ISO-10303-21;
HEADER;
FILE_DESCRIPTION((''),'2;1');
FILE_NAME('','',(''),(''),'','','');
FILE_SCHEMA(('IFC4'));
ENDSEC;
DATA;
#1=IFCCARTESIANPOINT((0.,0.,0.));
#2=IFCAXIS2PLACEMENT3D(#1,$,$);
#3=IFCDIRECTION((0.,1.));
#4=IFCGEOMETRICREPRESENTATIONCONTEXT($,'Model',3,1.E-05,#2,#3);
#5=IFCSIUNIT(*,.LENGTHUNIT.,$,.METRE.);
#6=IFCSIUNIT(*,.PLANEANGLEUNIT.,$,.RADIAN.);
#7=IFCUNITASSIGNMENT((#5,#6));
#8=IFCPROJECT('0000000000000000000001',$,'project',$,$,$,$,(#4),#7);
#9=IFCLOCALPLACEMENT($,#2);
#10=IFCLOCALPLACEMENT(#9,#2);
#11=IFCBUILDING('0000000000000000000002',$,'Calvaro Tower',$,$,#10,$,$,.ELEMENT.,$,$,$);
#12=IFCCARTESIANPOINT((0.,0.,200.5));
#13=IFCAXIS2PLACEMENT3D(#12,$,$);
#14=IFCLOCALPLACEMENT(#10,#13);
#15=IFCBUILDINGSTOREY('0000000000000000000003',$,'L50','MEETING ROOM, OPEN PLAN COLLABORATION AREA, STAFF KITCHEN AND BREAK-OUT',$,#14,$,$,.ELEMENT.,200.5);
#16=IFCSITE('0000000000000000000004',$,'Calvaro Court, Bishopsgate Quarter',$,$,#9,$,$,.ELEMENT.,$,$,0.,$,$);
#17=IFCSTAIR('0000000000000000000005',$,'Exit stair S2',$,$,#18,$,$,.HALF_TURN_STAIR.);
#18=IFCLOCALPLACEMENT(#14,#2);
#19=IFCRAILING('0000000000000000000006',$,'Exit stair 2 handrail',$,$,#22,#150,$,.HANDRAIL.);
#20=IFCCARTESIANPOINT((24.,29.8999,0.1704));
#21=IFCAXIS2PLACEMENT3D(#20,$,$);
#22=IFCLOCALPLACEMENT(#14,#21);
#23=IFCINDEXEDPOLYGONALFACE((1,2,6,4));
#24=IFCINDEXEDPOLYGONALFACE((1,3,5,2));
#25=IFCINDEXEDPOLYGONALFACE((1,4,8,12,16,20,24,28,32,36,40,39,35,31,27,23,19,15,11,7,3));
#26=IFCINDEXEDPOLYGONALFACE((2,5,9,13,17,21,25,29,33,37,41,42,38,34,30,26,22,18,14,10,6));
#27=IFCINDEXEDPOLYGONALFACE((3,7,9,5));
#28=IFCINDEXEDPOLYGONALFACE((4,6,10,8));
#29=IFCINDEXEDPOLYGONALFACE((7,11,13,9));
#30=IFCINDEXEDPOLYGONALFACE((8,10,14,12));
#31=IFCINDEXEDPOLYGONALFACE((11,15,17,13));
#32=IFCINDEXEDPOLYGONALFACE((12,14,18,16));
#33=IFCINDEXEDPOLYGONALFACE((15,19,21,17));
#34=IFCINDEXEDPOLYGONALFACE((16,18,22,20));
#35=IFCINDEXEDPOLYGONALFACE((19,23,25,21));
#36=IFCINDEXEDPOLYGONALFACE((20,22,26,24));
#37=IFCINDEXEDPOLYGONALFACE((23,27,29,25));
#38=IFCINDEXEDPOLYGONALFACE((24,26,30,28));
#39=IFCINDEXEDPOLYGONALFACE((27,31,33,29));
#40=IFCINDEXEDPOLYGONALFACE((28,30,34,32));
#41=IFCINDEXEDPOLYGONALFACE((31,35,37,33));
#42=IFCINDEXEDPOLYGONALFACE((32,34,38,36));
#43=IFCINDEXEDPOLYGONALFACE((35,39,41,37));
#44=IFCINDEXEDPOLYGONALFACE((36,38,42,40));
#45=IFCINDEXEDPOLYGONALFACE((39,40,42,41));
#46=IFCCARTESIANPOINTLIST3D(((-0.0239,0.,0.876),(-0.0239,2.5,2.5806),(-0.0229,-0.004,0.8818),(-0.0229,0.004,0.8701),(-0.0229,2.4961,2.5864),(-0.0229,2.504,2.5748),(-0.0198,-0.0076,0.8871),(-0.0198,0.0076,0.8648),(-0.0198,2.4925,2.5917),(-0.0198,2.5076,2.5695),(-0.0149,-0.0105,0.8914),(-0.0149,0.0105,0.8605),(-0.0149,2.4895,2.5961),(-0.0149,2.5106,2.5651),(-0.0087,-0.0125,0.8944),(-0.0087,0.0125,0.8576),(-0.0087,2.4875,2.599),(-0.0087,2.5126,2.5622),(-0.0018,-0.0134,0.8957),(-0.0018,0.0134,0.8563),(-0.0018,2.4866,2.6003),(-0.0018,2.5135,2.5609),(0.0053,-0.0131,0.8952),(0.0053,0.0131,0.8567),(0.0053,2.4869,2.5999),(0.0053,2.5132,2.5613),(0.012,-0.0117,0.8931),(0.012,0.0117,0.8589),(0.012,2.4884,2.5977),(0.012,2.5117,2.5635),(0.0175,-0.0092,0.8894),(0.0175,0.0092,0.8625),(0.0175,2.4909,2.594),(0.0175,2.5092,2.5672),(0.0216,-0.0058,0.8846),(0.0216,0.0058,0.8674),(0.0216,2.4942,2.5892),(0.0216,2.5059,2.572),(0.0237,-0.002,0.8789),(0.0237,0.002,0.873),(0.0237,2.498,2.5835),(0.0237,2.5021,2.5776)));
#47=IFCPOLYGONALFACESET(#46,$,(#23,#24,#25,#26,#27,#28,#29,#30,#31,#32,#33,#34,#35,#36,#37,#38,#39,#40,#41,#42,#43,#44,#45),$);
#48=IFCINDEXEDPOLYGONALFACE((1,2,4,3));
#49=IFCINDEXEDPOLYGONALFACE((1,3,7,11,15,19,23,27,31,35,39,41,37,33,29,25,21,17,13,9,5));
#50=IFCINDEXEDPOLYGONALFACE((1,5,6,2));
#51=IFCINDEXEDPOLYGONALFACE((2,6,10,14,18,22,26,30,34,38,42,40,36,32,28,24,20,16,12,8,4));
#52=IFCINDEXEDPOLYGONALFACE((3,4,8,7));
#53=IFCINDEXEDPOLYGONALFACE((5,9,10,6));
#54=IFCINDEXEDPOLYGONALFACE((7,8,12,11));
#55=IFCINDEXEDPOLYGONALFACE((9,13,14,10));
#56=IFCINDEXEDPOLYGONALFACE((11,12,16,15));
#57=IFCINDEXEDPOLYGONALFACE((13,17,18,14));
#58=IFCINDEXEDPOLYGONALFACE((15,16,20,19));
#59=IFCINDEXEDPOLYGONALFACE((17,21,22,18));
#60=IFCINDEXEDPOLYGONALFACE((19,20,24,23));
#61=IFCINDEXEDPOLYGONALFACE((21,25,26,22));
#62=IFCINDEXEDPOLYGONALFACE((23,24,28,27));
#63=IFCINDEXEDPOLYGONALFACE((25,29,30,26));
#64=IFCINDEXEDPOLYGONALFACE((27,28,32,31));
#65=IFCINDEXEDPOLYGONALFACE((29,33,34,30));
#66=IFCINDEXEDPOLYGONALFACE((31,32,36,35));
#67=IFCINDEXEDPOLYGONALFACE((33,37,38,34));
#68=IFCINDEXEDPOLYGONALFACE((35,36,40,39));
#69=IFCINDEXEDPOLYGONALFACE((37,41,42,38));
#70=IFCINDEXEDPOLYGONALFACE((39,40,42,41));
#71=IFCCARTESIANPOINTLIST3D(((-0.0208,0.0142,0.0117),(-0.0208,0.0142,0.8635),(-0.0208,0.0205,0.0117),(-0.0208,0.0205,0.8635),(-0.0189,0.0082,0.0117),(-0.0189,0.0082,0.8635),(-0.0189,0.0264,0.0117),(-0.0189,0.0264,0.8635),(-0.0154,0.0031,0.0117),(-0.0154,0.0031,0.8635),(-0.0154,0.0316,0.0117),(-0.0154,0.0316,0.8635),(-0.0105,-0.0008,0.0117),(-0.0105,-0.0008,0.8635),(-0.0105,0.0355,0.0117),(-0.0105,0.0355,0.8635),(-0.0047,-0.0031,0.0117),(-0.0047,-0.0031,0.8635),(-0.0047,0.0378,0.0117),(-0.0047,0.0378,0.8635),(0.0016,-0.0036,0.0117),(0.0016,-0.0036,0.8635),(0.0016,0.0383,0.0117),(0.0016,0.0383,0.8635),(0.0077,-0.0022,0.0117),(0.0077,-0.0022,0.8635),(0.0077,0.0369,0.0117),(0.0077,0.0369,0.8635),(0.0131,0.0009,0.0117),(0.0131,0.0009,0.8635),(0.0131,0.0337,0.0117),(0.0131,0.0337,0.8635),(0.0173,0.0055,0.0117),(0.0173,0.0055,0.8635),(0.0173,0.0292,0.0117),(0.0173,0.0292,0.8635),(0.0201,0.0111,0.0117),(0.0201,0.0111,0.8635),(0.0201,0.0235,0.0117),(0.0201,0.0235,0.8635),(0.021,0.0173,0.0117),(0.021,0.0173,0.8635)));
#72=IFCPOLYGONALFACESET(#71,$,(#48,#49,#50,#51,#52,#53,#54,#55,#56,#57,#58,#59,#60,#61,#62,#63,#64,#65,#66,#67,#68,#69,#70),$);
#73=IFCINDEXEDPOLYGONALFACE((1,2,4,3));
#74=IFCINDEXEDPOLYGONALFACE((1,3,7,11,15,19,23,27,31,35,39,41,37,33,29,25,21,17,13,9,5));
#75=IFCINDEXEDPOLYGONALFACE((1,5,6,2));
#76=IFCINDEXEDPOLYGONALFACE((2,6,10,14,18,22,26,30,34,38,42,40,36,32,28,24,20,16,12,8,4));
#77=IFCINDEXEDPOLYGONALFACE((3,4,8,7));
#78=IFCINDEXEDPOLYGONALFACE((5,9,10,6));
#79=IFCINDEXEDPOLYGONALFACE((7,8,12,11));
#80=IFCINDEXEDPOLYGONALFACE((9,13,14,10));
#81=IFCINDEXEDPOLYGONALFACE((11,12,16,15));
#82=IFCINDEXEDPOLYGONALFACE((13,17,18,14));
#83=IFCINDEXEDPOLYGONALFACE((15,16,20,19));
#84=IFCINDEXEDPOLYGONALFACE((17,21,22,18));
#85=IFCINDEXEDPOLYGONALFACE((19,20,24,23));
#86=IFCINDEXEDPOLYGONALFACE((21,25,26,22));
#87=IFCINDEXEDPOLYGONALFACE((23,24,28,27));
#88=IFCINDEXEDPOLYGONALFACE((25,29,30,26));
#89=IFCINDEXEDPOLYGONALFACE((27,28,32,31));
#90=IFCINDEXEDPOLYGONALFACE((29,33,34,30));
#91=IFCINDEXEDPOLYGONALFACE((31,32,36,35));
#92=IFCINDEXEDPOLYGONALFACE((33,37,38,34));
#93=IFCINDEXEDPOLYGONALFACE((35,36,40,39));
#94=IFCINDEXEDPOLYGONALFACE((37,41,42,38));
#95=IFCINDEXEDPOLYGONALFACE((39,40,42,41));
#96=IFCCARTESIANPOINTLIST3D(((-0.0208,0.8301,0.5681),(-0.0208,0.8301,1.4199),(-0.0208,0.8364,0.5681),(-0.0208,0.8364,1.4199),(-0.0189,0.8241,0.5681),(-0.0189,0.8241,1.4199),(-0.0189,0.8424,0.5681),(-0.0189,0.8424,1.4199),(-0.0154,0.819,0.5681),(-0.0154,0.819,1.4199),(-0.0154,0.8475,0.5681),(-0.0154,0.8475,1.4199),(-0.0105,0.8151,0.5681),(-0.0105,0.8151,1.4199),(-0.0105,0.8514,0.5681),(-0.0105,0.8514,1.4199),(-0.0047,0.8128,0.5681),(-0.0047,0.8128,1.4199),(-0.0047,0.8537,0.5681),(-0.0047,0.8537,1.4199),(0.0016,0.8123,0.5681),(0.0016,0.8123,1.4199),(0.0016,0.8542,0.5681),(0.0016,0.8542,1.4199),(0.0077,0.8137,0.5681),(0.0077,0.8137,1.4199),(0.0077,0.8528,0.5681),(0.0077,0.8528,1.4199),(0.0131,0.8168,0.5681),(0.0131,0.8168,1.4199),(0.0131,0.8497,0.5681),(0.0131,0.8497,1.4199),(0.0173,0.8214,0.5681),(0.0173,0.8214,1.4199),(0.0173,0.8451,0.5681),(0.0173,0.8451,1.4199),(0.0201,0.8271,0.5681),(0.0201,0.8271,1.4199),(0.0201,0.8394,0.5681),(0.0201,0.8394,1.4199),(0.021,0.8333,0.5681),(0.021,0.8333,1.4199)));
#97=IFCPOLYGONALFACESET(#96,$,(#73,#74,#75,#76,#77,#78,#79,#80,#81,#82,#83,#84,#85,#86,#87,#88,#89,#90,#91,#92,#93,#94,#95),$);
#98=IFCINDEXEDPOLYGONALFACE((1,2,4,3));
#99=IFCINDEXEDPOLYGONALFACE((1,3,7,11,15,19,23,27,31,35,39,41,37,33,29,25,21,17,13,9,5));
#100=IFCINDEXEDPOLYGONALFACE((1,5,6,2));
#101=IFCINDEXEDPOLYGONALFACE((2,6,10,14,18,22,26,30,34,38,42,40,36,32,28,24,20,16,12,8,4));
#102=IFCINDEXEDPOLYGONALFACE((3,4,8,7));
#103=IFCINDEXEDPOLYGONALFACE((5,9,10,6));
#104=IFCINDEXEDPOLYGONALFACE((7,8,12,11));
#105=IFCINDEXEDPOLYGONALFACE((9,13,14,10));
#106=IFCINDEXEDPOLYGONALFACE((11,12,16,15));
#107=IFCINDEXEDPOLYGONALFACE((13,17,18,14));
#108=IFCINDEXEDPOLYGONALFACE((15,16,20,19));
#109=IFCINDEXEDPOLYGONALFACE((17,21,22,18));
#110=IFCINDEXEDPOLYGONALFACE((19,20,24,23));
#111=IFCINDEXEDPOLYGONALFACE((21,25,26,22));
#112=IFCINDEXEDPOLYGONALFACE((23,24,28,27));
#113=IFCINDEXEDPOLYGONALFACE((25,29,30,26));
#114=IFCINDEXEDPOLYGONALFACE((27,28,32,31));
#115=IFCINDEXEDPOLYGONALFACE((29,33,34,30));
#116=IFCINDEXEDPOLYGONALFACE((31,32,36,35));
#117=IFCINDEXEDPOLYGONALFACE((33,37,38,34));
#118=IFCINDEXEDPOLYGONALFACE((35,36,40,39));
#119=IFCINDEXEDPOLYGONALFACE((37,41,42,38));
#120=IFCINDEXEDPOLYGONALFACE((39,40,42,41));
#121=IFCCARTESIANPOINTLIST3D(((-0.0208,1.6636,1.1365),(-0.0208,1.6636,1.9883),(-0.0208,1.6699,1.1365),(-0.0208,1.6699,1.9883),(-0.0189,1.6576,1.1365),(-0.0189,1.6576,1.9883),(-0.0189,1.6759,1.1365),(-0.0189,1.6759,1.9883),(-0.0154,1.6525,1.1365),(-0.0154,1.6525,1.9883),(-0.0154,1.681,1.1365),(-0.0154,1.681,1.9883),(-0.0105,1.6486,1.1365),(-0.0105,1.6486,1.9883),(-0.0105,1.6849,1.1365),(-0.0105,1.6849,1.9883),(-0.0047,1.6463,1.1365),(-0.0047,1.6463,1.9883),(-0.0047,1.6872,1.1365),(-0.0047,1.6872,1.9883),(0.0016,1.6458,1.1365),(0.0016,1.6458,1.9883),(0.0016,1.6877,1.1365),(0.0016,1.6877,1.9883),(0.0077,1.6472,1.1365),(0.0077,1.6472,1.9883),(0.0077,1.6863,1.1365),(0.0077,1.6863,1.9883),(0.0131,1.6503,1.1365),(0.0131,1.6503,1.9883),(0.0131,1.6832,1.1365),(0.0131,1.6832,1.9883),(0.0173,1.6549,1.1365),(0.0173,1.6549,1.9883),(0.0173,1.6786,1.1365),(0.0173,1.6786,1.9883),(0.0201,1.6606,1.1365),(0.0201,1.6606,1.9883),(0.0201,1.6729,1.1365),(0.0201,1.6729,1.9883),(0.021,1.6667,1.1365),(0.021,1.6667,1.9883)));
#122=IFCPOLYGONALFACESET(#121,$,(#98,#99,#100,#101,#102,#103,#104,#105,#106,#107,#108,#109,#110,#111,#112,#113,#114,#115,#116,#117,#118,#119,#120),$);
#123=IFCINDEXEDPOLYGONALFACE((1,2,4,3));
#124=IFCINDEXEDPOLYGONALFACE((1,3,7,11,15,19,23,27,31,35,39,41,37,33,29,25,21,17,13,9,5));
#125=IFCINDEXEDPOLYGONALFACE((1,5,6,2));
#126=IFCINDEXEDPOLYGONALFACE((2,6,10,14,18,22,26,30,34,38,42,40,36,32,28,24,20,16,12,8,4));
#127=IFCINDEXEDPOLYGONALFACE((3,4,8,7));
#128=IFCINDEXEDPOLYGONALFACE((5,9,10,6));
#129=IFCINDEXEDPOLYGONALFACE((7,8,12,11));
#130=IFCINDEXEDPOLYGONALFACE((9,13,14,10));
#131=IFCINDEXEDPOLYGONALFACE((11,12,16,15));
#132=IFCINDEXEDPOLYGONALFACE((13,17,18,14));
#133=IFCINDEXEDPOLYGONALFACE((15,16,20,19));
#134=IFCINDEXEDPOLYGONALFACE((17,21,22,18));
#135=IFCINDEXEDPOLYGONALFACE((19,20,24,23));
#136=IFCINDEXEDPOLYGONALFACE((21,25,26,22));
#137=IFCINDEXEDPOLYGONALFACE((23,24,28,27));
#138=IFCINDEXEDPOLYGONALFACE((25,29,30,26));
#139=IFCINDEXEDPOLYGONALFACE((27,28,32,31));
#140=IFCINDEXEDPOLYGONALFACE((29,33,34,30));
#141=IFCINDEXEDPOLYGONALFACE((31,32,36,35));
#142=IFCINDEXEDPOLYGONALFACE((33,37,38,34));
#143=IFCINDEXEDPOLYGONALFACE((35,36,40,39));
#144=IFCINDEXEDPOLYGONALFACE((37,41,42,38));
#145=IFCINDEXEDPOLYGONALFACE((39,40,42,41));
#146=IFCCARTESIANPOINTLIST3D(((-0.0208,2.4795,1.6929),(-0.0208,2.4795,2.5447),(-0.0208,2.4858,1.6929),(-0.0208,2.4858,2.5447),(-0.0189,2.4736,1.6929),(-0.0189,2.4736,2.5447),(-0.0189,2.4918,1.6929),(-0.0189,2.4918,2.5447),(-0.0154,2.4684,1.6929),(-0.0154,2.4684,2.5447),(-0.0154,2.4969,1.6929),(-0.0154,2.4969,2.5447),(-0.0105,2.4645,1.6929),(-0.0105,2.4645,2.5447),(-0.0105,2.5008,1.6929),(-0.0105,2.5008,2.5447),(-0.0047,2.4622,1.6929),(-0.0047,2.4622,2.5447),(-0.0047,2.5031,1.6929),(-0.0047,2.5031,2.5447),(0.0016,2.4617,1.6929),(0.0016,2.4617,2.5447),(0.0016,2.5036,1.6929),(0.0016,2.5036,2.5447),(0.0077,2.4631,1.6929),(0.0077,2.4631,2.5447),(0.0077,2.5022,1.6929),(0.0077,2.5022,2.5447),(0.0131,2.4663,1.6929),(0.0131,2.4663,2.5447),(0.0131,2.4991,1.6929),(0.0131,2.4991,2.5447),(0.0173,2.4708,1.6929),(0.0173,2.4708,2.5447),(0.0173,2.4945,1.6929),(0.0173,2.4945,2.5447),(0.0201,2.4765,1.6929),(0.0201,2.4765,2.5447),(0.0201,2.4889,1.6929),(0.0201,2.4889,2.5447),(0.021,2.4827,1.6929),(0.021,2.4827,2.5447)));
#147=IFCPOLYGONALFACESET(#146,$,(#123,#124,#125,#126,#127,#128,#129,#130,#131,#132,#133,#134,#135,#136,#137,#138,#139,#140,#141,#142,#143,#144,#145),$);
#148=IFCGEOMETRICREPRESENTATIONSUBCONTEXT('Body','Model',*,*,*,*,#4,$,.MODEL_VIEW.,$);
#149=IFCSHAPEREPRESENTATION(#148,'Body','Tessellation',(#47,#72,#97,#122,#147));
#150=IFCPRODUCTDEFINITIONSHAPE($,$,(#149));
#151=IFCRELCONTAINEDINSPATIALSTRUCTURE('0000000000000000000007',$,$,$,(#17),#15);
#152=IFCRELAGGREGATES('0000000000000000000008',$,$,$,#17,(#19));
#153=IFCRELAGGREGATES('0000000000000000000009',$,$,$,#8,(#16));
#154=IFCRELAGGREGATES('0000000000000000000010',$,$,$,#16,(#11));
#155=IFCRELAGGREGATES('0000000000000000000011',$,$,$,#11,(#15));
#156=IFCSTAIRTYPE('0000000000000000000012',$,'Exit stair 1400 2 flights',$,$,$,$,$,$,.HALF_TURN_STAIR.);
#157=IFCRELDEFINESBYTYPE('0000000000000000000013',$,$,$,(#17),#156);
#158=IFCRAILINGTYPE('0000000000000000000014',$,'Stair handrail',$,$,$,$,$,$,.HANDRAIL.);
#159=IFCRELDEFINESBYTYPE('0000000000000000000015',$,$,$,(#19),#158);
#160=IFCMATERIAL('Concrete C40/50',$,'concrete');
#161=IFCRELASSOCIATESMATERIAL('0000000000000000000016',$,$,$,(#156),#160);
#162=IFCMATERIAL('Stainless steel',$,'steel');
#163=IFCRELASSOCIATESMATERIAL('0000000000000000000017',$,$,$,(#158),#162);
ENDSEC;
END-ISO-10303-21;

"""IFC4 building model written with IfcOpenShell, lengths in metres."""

from ifc_helpers import new_model, si_unit, direction, frame, origin, origin_2d, place, context, subcontext, project, spatial, circle, extrude, material, type_object, element, aggregate, save


model = new_model("IFC4")

# Units and contexts
model_context = context("Model", 3, precision=1e-05, world=origin(), true_north=direction((0.0, 1.0)))
body_context = subcontext(model_context, "Body", "Model", "MODEL_VIEW")
ifc_project = project(units=[si_unit("LENGTHUNIT", "METRE"), si_unit("PLANEANGLEUNIT", "RADIAN")], contexts=[model_context])

# Site, building, storey
site_placement = place(None, origin())
site = spatial("IfcSite", under=ifc_project, at=site_placement, Name="Calvaro Court, Bishopsgate Quarter", CompositionType="ELEMENT", RefElevation=0.0)
building_placement = place(site_placement, origin())
building = spatial("IfcBuilding", under=site, at=building_placement, Name="Calvaro Tower", CompositionType="ELEMENT")
storey_placement = place(building_placement, frame((0.0, 0.0, 200.5)))
storey = spatial("IfcBuildingStorey", under=building, at=storey_placement, Name="L50", Description="MEETING ROOM, OPEN PLAN COLLABORATION AREA, STAFF KITCHEN AND BREAK-OUT", CompositionType="ELEMENT", Elevation=200.5)

# Stair, railing
ifc_material_1 = material(Name="Concrete C40/50", Category="concrete")
stair_type = type_object("IfcStairType", Name="Exit stair 1400 2 flights", PredefinedType="HALF_TURN_STAIR", material=ifc_material_1)
stair_placement = place(storey_placement, origin())
stair = element("IfcStair", 1, at=stair_placement, inside=storey, type_object=stair_type, Name="Exit stair S2", PredefinedType="HALF_TURN_STAIR")
ifc_material_2 = material(Name="Stainless steel", Category="steel")
railing_type = type_object("IfcRailingType", Name="Stair handrail", PredefinedType="HANDRAIL", material=ifc_material_2)
railing_1_placement = place(storey_placement, frame((24.0, 29.8999, 0.1704)))
railing_1 = element("IfcRailing", 2, at=railing_1_placement, type_object=railing_type, Name="Exit stair 2 handrail", PredefinedType="HANDRAIL", context=body_context, shape_type="SweptSolid", body=[
    extrude(circle(Radius=0.0239, at=origin_2d()), frame((0.0, 0.0, 0.876), z_axis=(0.0, 0.826221, 0.563347), x_axis=(-1.0, 0.0, 0.0)), (0.0, 0.0, 1.0), 3.0259),
    extrude(circle(Radius=0.021, at=origin_2d()), frame((0.0, 0.0173, 0.0117)), (0.0, 0.0, 1.0), 0.8518),
    extrude(circle(Radius=0.021, at=origin_2d()), frame((0.0, 0.8333, 0.5681)), (0.0, 0.0, 1.0), 0.8518),
    extrude(circle(Radius=0.021, at=origin_2d()), frame((0.0, 1.6667, 1.1365)), (0.0, 0.0, 1.0), 0.8518),
    extrude(circle(Radius=0.021, at=origin_2d()), frame((0.0, 2.4827, 1.6929)), (0.0, 0.0, 1.0), 0.8518),
])
aggregate(stair, [railing_1])

save(model, "model.ifc")
